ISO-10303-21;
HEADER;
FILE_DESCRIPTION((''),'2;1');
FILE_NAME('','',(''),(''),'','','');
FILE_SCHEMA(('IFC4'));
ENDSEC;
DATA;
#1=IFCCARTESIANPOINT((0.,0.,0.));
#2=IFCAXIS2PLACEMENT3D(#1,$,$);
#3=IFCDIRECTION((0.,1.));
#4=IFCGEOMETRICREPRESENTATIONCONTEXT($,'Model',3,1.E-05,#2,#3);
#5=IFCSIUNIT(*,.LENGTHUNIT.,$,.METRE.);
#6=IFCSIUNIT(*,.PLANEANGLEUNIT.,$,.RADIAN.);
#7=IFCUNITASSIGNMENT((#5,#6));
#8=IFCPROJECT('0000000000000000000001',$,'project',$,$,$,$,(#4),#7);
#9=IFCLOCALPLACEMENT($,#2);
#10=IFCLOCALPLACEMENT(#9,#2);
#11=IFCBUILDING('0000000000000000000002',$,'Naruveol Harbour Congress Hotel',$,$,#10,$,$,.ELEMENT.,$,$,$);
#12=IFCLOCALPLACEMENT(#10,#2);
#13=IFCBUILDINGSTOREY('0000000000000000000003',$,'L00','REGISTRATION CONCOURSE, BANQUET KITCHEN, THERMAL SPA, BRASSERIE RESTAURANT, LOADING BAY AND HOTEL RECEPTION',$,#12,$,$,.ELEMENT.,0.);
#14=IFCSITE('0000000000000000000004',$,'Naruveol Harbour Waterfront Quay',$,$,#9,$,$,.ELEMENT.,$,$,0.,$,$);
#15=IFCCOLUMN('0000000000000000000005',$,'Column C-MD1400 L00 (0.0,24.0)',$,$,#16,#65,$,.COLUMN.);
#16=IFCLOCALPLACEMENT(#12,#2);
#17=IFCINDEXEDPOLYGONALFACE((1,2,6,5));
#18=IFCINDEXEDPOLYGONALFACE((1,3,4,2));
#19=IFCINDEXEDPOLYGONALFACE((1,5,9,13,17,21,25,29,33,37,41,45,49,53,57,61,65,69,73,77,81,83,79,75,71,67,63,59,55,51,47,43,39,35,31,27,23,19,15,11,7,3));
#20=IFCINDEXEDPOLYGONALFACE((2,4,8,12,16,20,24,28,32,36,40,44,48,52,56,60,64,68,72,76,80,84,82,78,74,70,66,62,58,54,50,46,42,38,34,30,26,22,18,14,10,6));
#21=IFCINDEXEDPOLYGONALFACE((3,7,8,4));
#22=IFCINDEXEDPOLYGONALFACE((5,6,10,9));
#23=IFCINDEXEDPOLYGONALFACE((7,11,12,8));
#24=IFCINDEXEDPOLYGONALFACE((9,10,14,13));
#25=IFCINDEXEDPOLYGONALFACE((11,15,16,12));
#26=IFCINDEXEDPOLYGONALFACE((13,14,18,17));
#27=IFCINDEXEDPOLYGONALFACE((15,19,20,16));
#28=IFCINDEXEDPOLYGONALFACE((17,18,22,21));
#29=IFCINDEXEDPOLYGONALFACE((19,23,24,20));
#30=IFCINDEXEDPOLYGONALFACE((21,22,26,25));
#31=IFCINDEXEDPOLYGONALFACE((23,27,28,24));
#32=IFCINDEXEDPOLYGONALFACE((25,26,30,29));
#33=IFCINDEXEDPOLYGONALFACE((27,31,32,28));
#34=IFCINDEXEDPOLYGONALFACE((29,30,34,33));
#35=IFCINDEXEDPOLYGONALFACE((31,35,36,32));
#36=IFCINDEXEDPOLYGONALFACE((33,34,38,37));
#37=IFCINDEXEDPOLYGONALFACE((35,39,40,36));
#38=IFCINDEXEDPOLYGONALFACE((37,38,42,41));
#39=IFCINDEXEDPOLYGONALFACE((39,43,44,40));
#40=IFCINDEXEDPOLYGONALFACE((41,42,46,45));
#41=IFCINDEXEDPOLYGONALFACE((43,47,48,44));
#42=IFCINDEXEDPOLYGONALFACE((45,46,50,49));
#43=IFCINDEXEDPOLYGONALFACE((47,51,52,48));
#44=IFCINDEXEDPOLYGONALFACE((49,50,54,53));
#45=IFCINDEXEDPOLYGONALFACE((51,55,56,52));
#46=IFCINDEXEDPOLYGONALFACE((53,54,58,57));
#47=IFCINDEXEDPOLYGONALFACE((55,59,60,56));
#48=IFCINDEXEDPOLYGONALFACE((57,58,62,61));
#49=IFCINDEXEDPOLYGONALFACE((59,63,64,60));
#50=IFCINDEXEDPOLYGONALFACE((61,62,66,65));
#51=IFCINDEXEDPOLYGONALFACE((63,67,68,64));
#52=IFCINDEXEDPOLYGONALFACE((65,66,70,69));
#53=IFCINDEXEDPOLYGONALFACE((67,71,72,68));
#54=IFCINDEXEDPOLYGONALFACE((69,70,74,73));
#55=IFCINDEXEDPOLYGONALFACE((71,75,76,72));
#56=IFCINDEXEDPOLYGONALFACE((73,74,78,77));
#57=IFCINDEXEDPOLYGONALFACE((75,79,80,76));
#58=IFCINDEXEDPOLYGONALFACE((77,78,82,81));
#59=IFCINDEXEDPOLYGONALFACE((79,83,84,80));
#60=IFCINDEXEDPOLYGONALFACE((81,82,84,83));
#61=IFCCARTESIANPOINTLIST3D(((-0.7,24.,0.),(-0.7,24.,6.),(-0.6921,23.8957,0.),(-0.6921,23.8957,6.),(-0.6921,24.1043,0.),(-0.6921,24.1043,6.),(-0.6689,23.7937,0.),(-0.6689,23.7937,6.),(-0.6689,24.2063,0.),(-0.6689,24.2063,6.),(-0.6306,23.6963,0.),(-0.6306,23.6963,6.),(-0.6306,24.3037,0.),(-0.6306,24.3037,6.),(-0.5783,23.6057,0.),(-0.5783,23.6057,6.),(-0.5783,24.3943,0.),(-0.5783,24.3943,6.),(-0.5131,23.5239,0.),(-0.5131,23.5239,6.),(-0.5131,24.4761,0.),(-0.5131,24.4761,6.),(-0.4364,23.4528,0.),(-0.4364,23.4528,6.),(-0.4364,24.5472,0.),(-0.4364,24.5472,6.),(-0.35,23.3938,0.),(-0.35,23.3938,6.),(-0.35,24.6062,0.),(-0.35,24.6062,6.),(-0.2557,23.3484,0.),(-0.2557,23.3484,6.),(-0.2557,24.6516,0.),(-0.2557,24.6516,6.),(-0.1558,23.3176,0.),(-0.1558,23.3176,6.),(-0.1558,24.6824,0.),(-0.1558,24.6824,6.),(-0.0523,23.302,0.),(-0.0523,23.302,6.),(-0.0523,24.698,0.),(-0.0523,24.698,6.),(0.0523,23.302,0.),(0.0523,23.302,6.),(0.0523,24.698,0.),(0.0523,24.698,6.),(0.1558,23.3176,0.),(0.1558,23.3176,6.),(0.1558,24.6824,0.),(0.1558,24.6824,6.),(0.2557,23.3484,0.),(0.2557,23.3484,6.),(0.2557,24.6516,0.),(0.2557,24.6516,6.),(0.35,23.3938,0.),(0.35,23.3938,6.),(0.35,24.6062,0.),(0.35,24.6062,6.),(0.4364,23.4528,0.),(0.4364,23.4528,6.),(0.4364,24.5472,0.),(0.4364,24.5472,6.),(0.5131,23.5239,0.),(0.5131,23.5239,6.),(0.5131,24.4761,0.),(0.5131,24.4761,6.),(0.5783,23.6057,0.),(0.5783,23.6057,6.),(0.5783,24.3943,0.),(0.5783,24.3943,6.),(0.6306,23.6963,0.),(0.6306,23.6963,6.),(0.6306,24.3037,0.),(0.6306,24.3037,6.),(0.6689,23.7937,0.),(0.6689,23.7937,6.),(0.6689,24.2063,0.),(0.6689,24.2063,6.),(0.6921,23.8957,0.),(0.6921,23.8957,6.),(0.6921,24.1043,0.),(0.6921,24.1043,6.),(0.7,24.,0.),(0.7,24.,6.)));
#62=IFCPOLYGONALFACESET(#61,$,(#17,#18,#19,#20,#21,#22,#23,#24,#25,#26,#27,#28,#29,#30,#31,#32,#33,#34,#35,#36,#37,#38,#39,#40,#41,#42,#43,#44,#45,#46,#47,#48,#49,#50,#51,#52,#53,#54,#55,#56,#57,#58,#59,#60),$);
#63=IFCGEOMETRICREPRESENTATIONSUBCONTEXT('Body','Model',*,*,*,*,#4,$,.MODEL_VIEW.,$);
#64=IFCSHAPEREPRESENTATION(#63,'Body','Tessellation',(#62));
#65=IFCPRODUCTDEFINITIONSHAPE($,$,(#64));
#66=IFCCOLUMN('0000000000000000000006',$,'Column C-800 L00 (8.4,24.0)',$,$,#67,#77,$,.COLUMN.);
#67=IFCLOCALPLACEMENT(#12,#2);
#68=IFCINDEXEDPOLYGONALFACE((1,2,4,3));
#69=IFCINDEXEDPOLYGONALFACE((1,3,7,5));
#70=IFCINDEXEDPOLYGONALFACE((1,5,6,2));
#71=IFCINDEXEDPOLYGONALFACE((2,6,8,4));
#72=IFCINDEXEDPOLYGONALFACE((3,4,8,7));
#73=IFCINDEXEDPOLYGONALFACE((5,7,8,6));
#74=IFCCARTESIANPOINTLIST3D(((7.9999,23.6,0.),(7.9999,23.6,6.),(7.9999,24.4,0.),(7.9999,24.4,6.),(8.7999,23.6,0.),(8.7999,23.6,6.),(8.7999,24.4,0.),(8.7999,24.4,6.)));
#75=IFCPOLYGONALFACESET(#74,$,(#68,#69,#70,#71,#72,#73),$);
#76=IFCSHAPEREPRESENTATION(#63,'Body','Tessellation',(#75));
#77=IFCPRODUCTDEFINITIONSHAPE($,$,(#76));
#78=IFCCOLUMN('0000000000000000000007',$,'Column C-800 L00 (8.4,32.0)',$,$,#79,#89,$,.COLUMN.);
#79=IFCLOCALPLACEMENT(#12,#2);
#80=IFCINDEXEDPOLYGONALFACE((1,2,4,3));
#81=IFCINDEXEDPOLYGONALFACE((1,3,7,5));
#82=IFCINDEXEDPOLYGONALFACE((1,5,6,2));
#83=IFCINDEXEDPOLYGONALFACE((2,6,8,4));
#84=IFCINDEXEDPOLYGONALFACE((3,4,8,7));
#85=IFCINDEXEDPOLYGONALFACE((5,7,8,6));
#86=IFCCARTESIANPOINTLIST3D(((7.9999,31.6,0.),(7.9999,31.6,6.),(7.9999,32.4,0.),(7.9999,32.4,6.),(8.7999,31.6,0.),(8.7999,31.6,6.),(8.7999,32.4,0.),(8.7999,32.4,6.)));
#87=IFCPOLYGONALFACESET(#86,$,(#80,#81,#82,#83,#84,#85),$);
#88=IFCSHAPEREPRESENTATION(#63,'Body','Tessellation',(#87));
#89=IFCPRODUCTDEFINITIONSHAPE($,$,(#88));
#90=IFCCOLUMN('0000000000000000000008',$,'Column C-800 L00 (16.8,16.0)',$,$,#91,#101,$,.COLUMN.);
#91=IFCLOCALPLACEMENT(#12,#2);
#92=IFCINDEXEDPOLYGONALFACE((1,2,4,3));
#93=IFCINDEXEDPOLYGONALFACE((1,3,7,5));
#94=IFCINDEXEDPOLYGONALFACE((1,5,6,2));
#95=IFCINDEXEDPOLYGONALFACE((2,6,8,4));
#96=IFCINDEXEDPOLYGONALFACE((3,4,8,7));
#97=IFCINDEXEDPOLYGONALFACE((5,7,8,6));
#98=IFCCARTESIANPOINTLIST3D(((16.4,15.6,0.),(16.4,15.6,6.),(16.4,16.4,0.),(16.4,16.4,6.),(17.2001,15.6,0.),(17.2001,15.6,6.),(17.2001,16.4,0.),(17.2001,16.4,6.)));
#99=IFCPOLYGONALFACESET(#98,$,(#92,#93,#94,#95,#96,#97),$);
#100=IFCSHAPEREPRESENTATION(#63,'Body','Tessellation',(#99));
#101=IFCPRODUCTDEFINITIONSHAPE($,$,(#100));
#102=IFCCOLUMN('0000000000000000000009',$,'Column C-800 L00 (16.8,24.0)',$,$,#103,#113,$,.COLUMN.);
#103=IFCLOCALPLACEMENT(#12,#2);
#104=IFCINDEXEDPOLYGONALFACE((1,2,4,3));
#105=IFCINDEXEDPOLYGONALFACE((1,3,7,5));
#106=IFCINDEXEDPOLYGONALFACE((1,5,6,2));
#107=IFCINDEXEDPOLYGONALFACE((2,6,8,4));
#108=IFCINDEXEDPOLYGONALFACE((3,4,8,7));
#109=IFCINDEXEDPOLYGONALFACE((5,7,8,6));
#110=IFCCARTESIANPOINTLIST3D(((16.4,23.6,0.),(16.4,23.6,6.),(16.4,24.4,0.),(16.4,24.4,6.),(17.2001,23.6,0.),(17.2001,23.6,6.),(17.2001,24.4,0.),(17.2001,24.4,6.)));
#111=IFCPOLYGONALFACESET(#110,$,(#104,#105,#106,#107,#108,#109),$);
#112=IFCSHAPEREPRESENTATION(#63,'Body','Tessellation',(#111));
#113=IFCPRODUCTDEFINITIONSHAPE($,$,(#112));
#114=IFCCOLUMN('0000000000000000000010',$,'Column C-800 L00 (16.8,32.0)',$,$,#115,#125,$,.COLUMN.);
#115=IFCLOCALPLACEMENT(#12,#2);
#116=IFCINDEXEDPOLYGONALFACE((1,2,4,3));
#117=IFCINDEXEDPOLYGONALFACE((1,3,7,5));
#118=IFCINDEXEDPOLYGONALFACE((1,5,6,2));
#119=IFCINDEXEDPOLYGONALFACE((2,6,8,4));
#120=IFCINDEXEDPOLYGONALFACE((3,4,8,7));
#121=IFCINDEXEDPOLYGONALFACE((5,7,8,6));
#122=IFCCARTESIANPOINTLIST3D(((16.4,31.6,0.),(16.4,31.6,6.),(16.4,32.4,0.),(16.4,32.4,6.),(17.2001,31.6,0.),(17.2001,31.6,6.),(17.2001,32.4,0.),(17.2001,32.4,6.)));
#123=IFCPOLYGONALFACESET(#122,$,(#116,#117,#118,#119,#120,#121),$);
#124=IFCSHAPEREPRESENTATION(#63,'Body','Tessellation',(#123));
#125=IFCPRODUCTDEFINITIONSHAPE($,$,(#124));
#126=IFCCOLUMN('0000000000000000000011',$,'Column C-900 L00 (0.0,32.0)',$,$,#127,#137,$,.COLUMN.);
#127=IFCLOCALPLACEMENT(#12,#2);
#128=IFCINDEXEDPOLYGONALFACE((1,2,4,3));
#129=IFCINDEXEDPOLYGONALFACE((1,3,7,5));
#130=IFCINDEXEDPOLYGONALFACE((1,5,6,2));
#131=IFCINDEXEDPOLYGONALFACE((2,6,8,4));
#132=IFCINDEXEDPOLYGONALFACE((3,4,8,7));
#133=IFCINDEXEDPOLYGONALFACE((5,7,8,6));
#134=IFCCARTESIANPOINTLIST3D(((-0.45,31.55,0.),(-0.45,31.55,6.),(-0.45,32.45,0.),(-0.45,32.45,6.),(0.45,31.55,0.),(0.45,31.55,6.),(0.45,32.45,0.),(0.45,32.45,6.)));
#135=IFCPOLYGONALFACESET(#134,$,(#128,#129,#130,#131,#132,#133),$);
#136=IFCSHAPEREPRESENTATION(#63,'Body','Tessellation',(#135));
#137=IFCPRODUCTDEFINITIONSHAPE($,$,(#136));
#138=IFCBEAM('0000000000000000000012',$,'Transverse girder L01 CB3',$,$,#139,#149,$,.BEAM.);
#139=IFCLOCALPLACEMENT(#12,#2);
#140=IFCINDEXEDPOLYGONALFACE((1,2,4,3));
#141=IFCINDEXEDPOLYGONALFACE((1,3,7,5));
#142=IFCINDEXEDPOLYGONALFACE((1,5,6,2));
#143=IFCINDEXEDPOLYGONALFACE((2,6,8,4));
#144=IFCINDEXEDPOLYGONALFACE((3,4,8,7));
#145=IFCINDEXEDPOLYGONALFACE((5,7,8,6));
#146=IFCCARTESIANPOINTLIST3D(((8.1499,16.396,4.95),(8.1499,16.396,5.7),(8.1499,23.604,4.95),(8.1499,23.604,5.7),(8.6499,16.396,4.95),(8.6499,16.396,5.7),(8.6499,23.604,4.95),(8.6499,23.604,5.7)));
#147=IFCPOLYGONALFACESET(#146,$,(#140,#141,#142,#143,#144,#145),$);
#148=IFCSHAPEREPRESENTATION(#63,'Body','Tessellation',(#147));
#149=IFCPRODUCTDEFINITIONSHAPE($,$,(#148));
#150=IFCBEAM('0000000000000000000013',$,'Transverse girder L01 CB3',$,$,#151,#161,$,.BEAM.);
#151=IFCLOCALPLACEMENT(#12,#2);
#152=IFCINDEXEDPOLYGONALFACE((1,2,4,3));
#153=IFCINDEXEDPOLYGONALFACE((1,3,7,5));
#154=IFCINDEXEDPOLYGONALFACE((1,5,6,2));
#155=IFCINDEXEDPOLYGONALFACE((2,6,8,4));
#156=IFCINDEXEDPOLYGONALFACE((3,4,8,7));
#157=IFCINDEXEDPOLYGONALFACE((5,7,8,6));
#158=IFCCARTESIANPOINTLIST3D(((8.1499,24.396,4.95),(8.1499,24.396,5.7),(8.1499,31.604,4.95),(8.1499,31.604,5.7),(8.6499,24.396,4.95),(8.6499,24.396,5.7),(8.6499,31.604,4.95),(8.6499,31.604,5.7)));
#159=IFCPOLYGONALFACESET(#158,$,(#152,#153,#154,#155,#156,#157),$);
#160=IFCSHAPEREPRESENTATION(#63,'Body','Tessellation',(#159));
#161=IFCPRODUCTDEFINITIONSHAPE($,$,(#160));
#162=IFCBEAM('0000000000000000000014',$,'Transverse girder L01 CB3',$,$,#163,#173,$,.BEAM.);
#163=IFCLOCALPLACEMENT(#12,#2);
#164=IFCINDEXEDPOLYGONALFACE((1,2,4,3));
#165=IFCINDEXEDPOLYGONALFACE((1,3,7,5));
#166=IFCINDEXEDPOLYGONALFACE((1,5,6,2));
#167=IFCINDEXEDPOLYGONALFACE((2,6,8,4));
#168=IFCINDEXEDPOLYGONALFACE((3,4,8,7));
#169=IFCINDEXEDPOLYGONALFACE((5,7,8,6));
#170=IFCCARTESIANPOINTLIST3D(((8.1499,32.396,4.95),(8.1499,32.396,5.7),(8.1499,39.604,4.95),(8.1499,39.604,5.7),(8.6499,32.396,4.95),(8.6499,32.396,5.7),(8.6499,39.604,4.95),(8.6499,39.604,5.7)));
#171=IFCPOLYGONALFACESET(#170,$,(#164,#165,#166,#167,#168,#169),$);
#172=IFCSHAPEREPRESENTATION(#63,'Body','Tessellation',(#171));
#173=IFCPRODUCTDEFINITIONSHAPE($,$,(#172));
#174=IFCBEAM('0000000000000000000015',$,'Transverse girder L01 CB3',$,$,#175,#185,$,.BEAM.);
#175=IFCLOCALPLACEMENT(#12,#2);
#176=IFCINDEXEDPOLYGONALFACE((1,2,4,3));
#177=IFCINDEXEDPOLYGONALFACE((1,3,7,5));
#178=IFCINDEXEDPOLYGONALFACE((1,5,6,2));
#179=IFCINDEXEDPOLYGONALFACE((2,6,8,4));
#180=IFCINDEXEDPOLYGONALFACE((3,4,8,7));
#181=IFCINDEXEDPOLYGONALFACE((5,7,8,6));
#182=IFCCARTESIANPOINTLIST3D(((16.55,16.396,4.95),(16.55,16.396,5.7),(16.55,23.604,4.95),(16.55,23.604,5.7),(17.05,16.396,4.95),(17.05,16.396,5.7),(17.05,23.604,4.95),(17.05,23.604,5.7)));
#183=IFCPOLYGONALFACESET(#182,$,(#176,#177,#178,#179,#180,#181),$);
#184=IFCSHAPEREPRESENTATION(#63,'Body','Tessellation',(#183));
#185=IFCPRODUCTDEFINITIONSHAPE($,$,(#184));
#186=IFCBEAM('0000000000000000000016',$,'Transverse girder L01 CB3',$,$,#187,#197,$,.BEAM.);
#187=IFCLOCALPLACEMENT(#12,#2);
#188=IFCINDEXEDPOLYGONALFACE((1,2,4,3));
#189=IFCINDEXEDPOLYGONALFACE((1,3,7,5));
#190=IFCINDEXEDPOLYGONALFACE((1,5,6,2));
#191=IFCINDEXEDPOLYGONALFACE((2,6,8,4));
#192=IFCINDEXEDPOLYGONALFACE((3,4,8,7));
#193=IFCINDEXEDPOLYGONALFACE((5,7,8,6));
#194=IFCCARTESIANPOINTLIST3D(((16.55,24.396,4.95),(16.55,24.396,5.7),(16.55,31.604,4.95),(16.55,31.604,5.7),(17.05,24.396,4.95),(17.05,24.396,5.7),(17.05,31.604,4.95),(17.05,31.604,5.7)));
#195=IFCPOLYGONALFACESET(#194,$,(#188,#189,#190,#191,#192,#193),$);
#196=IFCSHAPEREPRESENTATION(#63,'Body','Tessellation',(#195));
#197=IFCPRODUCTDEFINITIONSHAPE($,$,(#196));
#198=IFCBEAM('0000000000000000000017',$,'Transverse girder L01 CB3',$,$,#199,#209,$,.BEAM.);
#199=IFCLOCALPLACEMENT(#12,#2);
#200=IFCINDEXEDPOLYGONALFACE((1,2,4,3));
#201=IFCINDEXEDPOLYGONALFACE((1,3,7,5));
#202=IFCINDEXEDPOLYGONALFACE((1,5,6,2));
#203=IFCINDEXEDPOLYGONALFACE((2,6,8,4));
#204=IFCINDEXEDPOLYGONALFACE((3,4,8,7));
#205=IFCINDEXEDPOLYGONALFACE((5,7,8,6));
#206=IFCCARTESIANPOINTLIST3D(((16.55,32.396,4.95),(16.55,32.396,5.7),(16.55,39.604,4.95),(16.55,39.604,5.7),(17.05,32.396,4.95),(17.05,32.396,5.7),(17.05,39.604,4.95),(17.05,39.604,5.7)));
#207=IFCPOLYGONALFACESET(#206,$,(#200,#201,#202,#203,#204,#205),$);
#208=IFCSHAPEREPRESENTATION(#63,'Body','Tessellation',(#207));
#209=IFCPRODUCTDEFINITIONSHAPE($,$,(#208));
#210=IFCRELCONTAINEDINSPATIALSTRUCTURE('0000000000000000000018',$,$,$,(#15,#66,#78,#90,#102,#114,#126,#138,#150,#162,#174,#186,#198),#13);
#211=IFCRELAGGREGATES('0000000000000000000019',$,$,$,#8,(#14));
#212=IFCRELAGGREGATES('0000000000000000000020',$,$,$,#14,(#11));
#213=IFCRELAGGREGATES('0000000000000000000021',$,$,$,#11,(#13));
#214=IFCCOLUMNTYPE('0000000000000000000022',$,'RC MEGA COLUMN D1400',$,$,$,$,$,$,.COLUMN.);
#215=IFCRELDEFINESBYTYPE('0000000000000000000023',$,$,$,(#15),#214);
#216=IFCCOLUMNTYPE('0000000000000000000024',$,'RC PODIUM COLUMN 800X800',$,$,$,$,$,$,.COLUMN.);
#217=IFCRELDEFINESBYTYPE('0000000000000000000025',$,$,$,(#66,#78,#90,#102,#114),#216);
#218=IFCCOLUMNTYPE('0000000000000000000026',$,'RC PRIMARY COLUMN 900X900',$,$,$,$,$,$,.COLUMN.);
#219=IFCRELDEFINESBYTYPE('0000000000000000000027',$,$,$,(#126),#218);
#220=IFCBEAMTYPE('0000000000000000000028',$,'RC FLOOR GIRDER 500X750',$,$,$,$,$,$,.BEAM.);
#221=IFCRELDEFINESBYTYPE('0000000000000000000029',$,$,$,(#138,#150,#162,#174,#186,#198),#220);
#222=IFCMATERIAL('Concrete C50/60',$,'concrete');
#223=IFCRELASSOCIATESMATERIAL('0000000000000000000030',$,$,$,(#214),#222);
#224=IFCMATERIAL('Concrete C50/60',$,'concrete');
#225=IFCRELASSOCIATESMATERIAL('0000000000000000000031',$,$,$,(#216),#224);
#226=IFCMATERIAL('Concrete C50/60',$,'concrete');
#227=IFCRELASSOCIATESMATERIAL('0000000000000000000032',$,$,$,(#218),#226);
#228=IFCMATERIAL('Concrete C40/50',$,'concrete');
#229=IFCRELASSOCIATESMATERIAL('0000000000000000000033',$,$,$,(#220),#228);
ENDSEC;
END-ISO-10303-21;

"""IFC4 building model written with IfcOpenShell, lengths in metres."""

from ifc_helpers import new_model, si_unit, direction, frame, origin, origin_2d, place, context, subcontext, project, spatial, rectangle, circle, extrude, material, material_profile, profile_set, type_object, element, save


model = new_model("IFC4")

# Units and contexts
model_context = context("Model", 3, precision=1e-05, world=origin(), true_north=direction((0.0, 1.0)))
body_context = subcontext(model_context, "Body", "Model", "MODEL_VIEW")
ifc_project = project(units=[si_unit("LENGTHUNIT", "METRE"), si_unit("PLANEANGLEUNIT", "RADIAN")], contexts=[model_context])

# Site, building, storey
site_placement = place(None, origin())
site = spatial("IfcSite", under=ifc_project, at=site_placement, Name="Naruveol Harbour Waterfront Quay", CompositionType="ELEMENT", RefElevation=0.0)
building_placement = place(site_placement, origin())
building = spatial("IfcBuilding", under=site, at=building_placement, Name="Naruveol Harbour Congress Hotel", CompositionType="ELEMENT")
storey_placement = place(building_placement, origin())
storey = spatial("IfcBuildingStorey", under=building, at=storey_placement, Name="L00", Description="REGISTRATION CONCOURSE, BANQUET KITCHEN, THERMAL SPA, BRASSERIE RESTAURANT, LOADING BAY AND HOTEL RECEPTION", CompositionType="ELEMENT", Elevation=0.0)

# Columns
ifc_material_1 = material(Name="Concrete C50/60", Category="concrete")
ifc_material_profile_1 = material_profile(ifc_material_1, circle(Radius=0.7, at=origin_2d()), Name="RC-D1400")
ifc_profile_set_1 = profile_set([ifc_material_profile_1], Name="Concrete C50/60")
column_type_1 = type_object("IfcColumnType", Name="RC MEGA COLUMN D1400", PredefinedType="COLUMN", material=ifc_profile_set_1)
column_1_placement = place(storey_placement, frame((0.0, 24.0, 0.0), z_axis=(0.0, 0.0, 1.0), x_axis=(1.0, 0.0, 0.0)))
element("IfcColumn", 1, at=column_1_placement, inside=storey, type_object=column_type_1, Name="Column C-MD1400 L00 (0.0,24.0)", PredefinedType="COLUMN", context=body_context, shape_type="SweptSolid", body=[
    extrude(circle(Radius=0.7, at=origin_2d()), origin(), (0.0, 0.0, 1.0), 6.0),
])
ifc_material_2 = material(Name="Concrete C50/60", Category="concrete")
ifc_material_profile_2 = material_profile(ifc_material_2, rectangle(XDim=0.8, YDim=0.8, at=origin_2d()), Name="RC-800x800")
ifc_profile_set_2 = profile_set([ifc_material_profile_2], Name="Concrete C50/60")
column_type_2 = type_object("IfcColumnType", Name="RC PODIUM COLUMN 800X800", PredefinedType="COLUMN", material=ifc_profile_set_2)
for number, where, z_axis, x_axis, name in (
    (2, (8.3999, 24.0, 0.0), (0.0, 0.0, 1.0), (1.0, 0.0, 0.0), "Column C-800 L00 (8.4,24.0)"),
    (3, (8.3999, 32.0, 0.0), (0.0, 0.0, 1.0), (1.0, 0.0, 0.0), "Column C-800 L00 (8.4,32.0)"),
    (4, (16.8, 16.0, 0.0), (0.0, 0.0, 1.0), (1.0, 0.0, 0.0), "Column C-800 L00 (16.8,16.0)"),
    (5, (16.8, 24.0, 0.0), (0.0, 0.0, 1.0), (1.0, 0.0, 0.0), "Column C-800 L00 (16.8,24.0)"),
    (6, (16.8, 32.0, 0.0), (0.0, 0.0, 1.0), (1.0, 0.0, 0.0), "Column C-800 L00 (16.8,32.0)"),
):
    element("IfcColumn", number, at=place(storey_placement, frame(where, z_axis=z_axis, x_axis=x_axis)), inside=storey, type_object=column_type_2, Name=name, PredefinedType="COLUMN", context=body_context, shape_type="SweptSolid", body=[
        extrude(rectangle(XDim=0.8, YDim=0.8, at=origin_2d()), origin(), (0.0, 0.0, 1.0), 6.0),
    ])
ifc_material_3 = material(Name="Concrete C50/60", Category="concrete")
ifc_material_profile_3 = material_profile(ifc_material_3, rectangle(XDim=0.8999, YDim=0.8999, at=origin_2d()), Name="RC-900x900")
ifc_profile_set_3 = profile_set([ifc_material_profile_3], Name="Concrete C50/60")
column_type_3 = type_object("IfcColumnType", Name="RC PRIMARY COLUMN 900X900", PredefinedType="COLUMN", material=ifc_profile_set_3)
column_2_placement = place(storey_placement, frame((0.0, 32.0, 0.0), z_axis=(0.0, 0.0, 1.0), x_axis=(1.0, 0.0, 0.0)))
element("IfcColumn", 7, at=column_2_placement, inside=storey, type_object=column_type_3, Name="Column C-900 L00 (0.0,32.0)", PredefinedType="COLUMN", context=body_context, shape_type="SweptSolid", body=[
    extrude(rectangle(XDim=0.8999, YDim=0.8999, at=origin_2d()), origin(), (0.0, 0.0, 1.0), 6.0),
])

# Beams
ifc_material_4 = material(Name="Concrete C40/50", Category="concrete")
ifc_material_profile_4 = material_profile(ifc_material_4, rectangle(XDim=0.5, YDim=0.75, at=origin_2d()), Name="RCB-500x750")
ifc_profile_set_4 = profile_set([ifc_material_profile_4], Name="Concrete C40/50")
beam_type_1 = type_object("IfcBeamType", Name="RC FLOOR GIRDER 500X750", PredefinedType="BEAM", material=ifc_profile_set_4)
for number, where, z_axis, x_axis, name in (
    (8, (8.3999, 16.396, 5.325), (0.0, 1.0, 0.0), (-1.0, 0.0, 0.0), "Transverse girder L01 CB3"),
    (9, (8.3999, 24.396, 5.325), (0.0, 1.0, 0.0), (-1.0, 0.0, 0.0), "Transverse girder L01 CB3"),
    (10, (8.3999, 32.396, 5.325), (0.0, 1.0, 0.0), (-1.0, 0.0, 0.0), "Transverse girder L01 CB3"),
    (11, (16.8, 16.396, 5.325), (0.0, 1.0, 0.0), (-1.0, 0.0, 0.0), "Transverse girder L01 CB3"),
    (12, (16.8, 24.396, 5.325), (0.0, 1.0, 0.0), (-1.0, 0.0, 0.0), "Transverse girder L01 CB3"),
    (13, (16.8, 32.396, 5.325), (0.0, 1.0, 0.0), (-1.0, 0.0, 0.0), "Transverse girder L01 CB3"),
):
    element("IfcBeam", number, at=place(storey_placement, frame(where, z_axis=z_axis, x_axis=x_axis)), inside=storey, type_object=beam_type_1, Name=name, PredefinedType="BEAM", context=body_context, shape_type="SweptSolid", body=[
        extrude(rectangle(XDim=0.5, YDim=0.75, at=origin_2d()), origin(), (0.0, 0.0, 1.0), 7.208),
    ])

save(model, "model.ifc")
